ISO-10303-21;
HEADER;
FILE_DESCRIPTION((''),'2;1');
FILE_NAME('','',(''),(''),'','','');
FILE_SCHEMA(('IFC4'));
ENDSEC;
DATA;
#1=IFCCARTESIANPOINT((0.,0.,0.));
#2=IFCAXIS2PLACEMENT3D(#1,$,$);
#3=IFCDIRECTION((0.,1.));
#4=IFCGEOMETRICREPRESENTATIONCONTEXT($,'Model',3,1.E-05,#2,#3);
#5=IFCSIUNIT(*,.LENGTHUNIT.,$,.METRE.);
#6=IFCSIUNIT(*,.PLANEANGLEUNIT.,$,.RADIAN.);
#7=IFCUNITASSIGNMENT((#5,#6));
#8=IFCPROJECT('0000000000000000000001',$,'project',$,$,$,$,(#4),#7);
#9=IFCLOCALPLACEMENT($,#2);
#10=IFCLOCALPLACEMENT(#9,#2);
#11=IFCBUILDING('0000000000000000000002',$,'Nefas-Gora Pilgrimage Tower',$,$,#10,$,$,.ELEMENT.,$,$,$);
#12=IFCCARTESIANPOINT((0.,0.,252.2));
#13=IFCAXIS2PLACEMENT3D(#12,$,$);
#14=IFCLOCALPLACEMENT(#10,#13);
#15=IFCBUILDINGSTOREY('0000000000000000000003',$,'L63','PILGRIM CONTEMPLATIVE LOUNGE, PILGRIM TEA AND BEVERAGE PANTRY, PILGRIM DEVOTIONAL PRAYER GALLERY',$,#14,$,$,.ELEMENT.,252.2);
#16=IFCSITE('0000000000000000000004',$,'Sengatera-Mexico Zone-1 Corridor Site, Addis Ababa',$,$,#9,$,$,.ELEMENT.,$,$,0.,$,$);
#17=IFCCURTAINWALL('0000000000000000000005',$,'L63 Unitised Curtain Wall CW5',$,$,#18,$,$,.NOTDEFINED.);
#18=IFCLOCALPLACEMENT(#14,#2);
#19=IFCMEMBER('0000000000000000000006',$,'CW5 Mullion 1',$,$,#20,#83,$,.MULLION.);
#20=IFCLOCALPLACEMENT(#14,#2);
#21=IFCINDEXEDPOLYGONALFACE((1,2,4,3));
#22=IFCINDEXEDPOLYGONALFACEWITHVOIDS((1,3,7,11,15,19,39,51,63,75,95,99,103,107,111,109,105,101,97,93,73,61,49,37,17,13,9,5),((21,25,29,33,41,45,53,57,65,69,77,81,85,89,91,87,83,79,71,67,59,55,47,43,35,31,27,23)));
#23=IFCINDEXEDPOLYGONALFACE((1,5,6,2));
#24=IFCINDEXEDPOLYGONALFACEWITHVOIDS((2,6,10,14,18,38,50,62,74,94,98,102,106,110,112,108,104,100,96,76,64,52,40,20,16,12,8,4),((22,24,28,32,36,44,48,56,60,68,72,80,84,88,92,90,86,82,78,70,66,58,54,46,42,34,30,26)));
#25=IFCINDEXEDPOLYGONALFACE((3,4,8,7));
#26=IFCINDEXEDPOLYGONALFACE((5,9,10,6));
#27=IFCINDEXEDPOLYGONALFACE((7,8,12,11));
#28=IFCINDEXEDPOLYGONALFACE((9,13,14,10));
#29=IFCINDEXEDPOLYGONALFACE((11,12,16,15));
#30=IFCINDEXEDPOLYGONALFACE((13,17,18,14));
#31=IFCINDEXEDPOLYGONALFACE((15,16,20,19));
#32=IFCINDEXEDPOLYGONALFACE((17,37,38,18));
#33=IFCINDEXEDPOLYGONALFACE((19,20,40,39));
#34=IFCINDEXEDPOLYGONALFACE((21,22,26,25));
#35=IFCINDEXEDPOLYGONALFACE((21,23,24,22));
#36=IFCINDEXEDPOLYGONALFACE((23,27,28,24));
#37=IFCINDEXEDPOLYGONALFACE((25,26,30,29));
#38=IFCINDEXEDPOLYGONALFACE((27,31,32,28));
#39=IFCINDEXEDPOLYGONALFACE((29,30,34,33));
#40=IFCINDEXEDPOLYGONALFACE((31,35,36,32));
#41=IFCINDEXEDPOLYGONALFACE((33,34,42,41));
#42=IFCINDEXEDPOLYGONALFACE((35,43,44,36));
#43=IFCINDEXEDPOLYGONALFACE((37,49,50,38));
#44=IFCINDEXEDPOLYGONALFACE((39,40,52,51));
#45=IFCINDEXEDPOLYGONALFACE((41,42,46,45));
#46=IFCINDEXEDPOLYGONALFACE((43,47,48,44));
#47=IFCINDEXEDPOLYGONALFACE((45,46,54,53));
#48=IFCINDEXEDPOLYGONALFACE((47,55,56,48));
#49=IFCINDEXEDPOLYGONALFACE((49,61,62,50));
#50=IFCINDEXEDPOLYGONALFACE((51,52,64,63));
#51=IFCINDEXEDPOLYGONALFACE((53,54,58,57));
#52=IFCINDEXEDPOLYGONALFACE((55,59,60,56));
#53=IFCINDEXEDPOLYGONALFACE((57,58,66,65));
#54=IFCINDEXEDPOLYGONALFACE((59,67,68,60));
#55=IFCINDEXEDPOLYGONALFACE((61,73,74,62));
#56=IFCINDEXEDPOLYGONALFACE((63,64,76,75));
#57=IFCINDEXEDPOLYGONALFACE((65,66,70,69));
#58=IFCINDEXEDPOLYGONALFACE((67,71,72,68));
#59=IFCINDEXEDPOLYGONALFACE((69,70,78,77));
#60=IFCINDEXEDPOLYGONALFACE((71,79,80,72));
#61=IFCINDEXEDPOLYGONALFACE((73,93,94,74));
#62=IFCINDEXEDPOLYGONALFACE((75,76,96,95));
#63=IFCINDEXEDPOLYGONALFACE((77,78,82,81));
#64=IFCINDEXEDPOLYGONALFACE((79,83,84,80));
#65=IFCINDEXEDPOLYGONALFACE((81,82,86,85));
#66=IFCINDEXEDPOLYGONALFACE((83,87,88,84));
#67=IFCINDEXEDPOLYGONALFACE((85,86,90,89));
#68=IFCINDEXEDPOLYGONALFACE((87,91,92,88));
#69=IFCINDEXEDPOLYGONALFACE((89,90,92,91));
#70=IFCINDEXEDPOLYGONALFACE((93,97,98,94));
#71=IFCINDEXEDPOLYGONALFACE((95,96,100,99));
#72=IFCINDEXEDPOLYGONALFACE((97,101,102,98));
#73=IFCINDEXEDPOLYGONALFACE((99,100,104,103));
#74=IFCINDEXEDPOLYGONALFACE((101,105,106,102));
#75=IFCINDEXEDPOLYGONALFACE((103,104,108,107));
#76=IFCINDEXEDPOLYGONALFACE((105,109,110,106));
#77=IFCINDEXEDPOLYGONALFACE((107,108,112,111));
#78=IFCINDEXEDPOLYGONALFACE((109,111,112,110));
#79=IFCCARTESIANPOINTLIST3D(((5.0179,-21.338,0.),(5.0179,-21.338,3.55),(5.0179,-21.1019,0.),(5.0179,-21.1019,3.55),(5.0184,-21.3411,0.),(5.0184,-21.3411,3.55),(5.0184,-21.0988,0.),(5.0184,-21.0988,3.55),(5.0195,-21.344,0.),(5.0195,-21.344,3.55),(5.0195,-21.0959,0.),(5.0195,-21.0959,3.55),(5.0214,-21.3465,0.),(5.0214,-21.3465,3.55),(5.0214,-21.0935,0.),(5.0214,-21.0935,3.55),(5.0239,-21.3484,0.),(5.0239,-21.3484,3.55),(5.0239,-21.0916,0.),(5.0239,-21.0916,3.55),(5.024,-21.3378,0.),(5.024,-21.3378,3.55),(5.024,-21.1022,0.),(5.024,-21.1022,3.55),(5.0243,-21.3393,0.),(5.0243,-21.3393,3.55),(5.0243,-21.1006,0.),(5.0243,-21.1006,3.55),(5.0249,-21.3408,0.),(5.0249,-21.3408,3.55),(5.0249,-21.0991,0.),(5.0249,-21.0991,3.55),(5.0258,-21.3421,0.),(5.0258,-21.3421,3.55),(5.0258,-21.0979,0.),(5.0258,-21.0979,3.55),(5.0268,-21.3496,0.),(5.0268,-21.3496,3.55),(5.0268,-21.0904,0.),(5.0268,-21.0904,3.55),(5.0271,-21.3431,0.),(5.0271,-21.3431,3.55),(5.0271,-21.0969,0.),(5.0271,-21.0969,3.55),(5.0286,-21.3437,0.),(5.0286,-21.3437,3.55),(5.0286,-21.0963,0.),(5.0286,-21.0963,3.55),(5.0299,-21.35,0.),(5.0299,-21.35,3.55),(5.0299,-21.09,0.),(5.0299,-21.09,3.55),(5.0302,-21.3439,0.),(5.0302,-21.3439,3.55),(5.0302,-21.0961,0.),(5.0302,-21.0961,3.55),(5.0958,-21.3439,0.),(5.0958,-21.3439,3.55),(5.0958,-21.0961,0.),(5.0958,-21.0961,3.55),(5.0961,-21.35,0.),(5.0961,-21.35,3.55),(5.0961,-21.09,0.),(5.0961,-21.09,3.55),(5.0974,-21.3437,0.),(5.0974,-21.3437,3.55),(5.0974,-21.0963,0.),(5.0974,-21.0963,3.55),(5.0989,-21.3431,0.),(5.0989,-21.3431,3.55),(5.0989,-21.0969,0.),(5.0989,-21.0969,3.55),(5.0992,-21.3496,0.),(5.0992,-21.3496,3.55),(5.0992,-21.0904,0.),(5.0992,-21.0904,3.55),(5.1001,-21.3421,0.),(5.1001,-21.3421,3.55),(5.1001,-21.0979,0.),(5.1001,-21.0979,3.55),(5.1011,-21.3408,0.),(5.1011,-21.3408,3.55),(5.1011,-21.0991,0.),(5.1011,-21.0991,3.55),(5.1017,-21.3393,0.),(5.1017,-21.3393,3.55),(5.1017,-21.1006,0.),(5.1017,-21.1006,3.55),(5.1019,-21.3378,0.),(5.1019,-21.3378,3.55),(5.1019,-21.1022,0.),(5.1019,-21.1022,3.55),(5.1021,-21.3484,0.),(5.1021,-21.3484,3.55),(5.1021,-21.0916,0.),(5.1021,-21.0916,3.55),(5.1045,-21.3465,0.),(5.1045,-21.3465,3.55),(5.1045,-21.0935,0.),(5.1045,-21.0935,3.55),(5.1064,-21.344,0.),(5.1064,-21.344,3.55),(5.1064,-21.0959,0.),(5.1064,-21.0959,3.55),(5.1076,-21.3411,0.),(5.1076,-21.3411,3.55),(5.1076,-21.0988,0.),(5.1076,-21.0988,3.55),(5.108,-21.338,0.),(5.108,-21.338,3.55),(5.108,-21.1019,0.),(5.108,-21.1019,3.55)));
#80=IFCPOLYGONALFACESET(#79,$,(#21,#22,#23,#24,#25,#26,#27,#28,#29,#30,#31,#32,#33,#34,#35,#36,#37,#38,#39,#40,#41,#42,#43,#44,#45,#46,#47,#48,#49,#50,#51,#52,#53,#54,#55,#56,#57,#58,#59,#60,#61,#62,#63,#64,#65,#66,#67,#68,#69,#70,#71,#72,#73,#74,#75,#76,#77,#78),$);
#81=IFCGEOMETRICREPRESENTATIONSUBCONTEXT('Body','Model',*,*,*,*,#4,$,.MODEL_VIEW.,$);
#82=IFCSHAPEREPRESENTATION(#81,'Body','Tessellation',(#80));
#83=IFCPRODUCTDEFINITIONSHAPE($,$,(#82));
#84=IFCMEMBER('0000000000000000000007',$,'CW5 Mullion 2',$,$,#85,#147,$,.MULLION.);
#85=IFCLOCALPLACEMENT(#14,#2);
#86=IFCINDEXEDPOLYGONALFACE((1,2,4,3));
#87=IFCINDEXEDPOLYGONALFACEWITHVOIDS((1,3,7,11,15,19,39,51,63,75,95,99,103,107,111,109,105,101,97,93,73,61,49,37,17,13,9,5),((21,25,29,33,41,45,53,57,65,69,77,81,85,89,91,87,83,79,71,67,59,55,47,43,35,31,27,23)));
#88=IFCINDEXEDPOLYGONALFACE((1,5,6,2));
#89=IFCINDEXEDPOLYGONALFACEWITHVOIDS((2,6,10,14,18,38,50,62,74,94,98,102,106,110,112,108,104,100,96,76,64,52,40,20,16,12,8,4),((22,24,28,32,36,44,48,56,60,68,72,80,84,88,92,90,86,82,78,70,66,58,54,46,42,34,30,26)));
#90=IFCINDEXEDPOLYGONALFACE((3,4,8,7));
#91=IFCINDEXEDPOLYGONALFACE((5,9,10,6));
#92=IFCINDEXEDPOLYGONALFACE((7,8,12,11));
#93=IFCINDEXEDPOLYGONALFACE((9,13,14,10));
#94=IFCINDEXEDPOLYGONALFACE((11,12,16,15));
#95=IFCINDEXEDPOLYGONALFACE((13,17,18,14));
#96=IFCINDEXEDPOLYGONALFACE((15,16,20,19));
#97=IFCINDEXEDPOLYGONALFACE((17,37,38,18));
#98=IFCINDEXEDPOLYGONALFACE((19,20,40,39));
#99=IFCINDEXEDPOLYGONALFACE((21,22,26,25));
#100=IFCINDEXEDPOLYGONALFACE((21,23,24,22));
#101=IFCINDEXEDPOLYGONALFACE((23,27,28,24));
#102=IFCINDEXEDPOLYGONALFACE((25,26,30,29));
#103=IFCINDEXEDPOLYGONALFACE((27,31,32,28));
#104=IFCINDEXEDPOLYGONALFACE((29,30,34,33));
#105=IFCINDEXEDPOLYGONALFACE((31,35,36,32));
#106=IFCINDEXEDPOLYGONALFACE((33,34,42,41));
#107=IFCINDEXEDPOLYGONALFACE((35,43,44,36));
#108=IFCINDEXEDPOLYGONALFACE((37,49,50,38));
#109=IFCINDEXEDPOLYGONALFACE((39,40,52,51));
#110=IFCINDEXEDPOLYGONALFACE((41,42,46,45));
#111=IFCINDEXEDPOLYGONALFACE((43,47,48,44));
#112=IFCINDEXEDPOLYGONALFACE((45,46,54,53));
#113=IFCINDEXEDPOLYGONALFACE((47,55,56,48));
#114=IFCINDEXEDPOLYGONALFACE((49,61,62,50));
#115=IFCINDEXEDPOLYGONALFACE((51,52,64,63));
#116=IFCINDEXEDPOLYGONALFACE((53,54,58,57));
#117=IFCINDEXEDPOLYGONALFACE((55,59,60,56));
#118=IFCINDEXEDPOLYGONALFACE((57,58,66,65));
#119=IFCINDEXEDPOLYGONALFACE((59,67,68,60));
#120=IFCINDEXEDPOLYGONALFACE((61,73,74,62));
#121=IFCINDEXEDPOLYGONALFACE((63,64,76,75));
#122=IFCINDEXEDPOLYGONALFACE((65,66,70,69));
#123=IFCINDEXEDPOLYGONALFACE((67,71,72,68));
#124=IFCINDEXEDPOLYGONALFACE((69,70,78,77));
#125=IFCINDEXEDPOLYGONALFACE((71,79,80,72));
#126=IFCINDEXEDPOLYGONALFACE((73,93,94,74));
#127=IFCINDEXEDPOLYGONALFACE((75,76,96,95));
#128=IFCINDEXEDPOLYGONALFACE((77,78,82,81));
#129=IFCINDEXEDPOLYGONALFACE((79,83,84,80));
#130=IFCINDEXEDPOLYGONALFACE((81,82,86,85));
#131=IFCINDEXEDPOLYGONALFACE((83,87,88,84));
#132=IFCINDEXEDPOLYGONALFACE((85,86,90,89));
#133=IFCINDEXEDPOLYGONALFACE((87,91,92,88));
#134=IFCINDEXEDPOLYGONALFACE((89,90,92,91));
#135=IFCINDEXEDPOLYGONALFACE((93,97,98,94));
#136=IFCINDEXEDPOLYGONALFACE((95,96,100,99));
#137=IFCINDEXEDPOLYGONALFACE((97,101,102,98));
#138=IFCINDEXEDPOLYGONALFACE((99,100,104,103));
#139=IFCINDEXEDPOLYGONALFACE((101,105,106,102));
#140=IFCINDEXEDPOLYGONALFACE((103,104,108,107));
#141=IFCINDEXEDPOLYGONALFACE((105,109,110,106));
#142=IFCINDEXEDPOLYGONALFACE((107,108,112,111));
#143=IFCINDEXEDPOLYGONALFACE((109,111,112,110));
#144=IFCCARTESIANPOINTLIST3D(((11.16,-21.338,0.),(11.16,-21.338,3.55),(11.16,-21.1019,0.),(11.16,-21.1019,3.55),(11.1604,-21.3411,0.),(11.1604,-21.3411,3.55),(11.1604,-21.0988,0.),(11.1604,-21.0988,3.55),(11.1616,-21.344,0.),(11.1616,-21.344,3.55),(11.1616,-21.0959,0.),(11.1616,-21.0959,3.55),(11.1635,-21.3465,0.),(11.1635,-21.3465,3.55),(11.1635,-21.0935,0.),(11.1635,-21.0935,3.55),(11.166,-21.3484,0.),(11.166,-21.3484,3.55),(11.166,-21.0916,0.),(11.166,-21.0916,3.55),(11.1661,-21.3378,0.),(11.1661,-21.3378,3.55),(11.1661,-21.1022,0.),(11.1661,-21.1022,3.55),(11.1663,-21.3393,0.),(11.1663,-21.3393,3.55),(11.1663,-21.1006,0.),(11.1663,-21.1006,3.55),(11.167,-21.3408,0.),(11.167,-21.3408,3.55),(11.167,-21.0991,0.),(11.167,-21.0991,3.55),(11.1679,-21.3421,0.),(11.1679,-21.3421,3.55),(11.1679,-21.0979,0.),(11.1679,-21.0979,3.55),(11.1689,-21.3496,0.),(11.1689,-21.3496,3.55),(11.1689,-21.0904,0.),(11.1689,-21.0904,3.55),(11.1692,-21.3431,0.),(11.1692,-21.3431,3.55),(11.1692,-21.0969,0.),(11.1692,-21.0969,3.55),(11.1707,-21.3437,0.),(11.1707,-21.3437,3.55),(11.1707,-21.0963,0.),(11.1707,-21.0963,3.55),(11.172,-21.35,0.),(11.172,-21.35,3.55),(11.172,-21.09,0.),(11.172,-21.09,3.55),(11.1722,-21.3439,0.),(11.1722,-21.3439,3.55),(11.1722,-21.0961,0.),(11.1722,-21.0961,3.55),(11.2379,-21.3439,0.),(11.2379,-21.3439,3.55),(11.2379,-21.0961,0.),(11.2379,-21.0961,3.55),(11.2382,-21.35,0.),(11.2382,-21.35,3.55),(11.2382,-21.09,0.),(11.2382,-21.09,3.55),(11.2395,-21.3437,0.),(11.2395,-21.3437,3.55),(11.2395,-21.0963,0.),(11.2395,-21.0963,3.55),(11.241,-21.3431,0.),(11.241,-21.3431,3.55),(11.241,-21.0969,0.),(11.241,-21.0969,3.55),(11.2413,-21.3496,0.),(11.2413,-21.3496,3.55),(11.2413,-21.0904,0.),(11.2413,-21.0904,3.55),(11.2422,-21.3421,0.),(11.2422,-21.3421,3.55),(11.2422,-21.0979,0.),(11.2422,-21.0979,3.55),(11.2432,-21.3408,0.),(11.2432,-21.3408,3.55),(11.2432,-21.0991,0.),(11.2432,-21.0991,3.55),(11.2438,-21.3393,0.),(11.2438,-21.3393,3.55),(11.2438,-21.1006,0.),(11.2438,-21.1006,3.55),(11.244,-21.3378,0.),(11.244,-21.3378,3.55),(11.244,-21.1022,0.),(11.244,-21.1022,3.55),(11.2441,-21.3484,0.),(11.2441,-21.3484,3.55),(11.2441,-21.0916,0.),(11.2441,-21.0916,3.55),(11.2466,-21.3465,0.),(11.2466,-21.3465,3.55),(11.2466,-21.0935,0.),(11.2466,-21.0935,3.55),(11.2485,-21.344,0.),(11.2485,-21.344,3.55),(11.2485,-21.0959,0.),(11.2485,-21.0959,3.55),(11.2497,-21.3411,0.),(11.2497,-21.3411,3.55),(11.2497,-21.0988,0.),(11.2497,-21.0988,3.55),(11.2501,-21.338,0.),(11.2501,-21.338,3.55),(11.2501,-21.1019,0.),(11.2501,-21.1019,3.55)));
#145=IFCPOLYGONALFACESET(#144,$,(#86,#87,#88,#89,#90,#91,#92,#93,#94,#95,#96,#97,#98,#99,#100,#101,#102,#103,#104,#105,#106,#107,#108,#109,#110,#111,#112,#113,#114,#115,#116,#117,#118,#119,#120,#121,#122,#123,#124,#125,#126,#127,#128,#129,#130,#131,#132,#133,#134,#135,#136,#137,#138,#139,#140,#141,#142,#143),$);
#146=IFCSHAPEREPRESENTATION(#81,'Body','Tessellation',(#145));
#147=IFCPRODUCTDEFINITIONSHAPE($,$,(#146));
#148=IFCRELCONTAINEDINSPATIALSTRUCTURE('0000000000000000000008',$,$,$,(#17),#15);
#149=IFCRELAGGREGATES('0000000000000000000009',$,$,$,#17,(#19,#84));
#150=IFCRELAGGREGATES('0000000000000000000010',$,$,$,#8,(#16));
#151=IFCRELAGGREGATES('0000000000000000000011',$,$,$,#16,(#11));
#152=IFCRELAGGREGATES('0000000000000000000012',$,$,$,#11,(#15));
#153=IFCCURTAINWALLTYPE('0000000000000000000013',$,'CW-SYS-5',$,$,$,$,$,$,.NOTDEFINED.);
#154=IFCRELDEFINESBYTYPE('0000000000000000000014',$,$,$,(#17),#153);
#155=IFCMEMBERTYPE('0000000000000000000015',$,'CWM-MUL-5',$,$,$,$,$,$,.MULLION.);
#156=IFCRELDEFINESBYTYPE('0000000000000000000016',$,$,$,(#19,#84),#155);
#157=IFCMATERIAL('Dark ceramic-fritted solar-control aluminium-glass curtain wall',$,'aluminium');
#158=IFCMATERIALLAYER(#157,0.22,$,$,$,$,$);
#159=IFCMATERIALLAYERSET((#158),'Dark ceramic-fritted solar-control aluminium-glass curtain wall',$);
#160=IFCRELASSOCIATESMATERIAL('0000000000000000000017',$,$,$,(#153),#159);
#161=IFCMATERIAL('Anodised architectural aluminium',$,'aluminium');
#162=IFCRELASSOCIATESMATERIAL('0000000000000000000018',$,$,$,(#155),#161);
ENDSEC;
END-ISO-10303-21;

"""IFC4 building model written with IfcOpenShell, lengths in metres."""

from ifc_helpers import new_model, si_unit, direction, frame, origin, origin_2d, place, context, subcontext, project, spatial, hollow_rectangle, extrude, source, transform, mapped, material, layer, layer_set, material_profile, profile_set, type_object, element, aggregate, save


model = new_model("IFC4")

# Units and contexts
model_context = context("Model", 3, precision=1e-05, world=origin(), true_north=direction((0.0, 1.0)))
body_context = subcontext(model_context, "Body", "Model", "MODEL_VIEW")
ifc_project = project(units=[si_unit("LENGTHUNIT", "METRE"), si_unit("PLANEANGLEUNIT", "RADIAN")], contexts=[model_context])

# Site, building, storey
site_placement = place(None, origin())
site = spatial("IfcSite", under=ifc_project, at=site_placement, Name="Sengatera-Mexico Zone-1 Corridor Site, Addis Ababa", CompositionType="ELEMENT", RefElevation=0.0)
building_placement = place(site_placement, origin())
building = spatial("IfcBuilding", under=site, at=building_placement, Name="Nefas-Gora Pilgrimage Tower", CompositionType="ELEMENT")
storey_placement = place(building_placement, frame((0.0, 0.0, 252.2)))
storey = spatial("IfcBuildingStorey", under=building, at=storey_placement, Name="L63", Description="PILGRIM CONTEMPLATIVE LOUNGE, PILGRIM TEA AND BEVERAGE PANTRY, PILGRIM DEVOTIONAL PRAYER GALLERY", CompositionType="ELEMENT", Elevation=252.2)

# Curtain wall, members
ifc_material_1 = material(Name="Dark ceramic-fritted solar-control aluminium-glass curtain wall", Category="aluminium")
ifc_layer_1 = layer(ifc_material_1, 0.22)
ifc_layer_set_1 = layer_set([ifc_layer_1], Name="Dark ceramic-fritted solar-control aluminium-glass curtain wall")
curtain_wall_type_1 = type_object("IfcCurtainWallType", Name="CW-SYS-5", PredefinedType="NOTDEFINED", material=ifc_layer_set_1)
curtain_wall_1_placement = place(storey_placement, origin())
curtain_wall_1 = element("IfcCurtainWall", 1, at=curtain_wall_1_placement, inside=storey, type_object=curtain_wall_type_1, Name="L63 Unitised Curtain Wall CW5", PredefinedType="NOTDEFINED")
ifc_material_2 = material(Name="Anodised architectural aluminium", Category="aluminium")
ifc_material_profile_1 = material_profile(ifc_material_2, hollow_rectangle(XDim=0.0901, YDim=0.26, WallThickness=0.0061, InnerFilletRadius=0.0061, OuterFilletRadius=0.012, at=origin_2d()), Name="ALU MULLION 90x260")
ifc_profile_set_1 = profile_set([ifc_material_profile_1], Name="Anodised architectural aluminium")
member_type_1 = type_object("IfcMemberType", Name="CWM-MUL-5", PredefinedType="MULLION", material=ifc_profile_set_1)
shared_shape_1 = source(origin(), body_context, "Body", "SweptSolid", [
    extrude(hollow_rectangle(XDim=0.0901, YDim=0.26, WallThickness=0.0061, InnerFilletRadius=0.0061, OuterFilletRadius=0.012, at=origin_2d()), origin(), (0.0, 0.0, 1.0), 3.55),
])
member_1_placement = place(storey_placement, frame((5.063, -21.22, 0.0), z_axis=(0.0, 0.0, 1.0), x_axis=(1.0, 0.0, 0.0)))
member_1 = element("IfcMember", 2, at=member_1_placement, type_object=member_type_1, Name="CW5 Mullion 1", PredefinedType="MULLION", context=body_context, shape_type="MappedRepresentation", body=[
    mapped(shared_shape_1, transform((0.0, 0.0, 0.0), x_axis=(1.0, 0.0, 0.0), y_axis=(0.0, 1.0, 0.0), z_axis=(0.0, 0.0, 1.0), scale=1.0)),
])
member_2_placement = place(storey_placement, frame((11.2051, -21.22, 0.0), z_axis=(0.0, 0.0, 1.0), x_axis=(1.0, 0.0, 0.0)))
member_2 = element("IfcMember", 3, at=member_2_placement, type_object=member_type_1, Name="CW5 Mullion 2", PredefinedType="MULLION", context=body_context, shape_type="MappedRepresentation", body=[
    mapped(shared_shape_1, transform((0.0, 0.0, 0.0), x_axis=(1.0, 0.0, 0.0), y_axis=(0.0, 1.0, 0.0), z_axis=(0.0, 0.0, 1.0), scale=1.0)),
])

aggregate(curtain_wall_1, [member_1, member_2])

save(model, "model.ifc")
